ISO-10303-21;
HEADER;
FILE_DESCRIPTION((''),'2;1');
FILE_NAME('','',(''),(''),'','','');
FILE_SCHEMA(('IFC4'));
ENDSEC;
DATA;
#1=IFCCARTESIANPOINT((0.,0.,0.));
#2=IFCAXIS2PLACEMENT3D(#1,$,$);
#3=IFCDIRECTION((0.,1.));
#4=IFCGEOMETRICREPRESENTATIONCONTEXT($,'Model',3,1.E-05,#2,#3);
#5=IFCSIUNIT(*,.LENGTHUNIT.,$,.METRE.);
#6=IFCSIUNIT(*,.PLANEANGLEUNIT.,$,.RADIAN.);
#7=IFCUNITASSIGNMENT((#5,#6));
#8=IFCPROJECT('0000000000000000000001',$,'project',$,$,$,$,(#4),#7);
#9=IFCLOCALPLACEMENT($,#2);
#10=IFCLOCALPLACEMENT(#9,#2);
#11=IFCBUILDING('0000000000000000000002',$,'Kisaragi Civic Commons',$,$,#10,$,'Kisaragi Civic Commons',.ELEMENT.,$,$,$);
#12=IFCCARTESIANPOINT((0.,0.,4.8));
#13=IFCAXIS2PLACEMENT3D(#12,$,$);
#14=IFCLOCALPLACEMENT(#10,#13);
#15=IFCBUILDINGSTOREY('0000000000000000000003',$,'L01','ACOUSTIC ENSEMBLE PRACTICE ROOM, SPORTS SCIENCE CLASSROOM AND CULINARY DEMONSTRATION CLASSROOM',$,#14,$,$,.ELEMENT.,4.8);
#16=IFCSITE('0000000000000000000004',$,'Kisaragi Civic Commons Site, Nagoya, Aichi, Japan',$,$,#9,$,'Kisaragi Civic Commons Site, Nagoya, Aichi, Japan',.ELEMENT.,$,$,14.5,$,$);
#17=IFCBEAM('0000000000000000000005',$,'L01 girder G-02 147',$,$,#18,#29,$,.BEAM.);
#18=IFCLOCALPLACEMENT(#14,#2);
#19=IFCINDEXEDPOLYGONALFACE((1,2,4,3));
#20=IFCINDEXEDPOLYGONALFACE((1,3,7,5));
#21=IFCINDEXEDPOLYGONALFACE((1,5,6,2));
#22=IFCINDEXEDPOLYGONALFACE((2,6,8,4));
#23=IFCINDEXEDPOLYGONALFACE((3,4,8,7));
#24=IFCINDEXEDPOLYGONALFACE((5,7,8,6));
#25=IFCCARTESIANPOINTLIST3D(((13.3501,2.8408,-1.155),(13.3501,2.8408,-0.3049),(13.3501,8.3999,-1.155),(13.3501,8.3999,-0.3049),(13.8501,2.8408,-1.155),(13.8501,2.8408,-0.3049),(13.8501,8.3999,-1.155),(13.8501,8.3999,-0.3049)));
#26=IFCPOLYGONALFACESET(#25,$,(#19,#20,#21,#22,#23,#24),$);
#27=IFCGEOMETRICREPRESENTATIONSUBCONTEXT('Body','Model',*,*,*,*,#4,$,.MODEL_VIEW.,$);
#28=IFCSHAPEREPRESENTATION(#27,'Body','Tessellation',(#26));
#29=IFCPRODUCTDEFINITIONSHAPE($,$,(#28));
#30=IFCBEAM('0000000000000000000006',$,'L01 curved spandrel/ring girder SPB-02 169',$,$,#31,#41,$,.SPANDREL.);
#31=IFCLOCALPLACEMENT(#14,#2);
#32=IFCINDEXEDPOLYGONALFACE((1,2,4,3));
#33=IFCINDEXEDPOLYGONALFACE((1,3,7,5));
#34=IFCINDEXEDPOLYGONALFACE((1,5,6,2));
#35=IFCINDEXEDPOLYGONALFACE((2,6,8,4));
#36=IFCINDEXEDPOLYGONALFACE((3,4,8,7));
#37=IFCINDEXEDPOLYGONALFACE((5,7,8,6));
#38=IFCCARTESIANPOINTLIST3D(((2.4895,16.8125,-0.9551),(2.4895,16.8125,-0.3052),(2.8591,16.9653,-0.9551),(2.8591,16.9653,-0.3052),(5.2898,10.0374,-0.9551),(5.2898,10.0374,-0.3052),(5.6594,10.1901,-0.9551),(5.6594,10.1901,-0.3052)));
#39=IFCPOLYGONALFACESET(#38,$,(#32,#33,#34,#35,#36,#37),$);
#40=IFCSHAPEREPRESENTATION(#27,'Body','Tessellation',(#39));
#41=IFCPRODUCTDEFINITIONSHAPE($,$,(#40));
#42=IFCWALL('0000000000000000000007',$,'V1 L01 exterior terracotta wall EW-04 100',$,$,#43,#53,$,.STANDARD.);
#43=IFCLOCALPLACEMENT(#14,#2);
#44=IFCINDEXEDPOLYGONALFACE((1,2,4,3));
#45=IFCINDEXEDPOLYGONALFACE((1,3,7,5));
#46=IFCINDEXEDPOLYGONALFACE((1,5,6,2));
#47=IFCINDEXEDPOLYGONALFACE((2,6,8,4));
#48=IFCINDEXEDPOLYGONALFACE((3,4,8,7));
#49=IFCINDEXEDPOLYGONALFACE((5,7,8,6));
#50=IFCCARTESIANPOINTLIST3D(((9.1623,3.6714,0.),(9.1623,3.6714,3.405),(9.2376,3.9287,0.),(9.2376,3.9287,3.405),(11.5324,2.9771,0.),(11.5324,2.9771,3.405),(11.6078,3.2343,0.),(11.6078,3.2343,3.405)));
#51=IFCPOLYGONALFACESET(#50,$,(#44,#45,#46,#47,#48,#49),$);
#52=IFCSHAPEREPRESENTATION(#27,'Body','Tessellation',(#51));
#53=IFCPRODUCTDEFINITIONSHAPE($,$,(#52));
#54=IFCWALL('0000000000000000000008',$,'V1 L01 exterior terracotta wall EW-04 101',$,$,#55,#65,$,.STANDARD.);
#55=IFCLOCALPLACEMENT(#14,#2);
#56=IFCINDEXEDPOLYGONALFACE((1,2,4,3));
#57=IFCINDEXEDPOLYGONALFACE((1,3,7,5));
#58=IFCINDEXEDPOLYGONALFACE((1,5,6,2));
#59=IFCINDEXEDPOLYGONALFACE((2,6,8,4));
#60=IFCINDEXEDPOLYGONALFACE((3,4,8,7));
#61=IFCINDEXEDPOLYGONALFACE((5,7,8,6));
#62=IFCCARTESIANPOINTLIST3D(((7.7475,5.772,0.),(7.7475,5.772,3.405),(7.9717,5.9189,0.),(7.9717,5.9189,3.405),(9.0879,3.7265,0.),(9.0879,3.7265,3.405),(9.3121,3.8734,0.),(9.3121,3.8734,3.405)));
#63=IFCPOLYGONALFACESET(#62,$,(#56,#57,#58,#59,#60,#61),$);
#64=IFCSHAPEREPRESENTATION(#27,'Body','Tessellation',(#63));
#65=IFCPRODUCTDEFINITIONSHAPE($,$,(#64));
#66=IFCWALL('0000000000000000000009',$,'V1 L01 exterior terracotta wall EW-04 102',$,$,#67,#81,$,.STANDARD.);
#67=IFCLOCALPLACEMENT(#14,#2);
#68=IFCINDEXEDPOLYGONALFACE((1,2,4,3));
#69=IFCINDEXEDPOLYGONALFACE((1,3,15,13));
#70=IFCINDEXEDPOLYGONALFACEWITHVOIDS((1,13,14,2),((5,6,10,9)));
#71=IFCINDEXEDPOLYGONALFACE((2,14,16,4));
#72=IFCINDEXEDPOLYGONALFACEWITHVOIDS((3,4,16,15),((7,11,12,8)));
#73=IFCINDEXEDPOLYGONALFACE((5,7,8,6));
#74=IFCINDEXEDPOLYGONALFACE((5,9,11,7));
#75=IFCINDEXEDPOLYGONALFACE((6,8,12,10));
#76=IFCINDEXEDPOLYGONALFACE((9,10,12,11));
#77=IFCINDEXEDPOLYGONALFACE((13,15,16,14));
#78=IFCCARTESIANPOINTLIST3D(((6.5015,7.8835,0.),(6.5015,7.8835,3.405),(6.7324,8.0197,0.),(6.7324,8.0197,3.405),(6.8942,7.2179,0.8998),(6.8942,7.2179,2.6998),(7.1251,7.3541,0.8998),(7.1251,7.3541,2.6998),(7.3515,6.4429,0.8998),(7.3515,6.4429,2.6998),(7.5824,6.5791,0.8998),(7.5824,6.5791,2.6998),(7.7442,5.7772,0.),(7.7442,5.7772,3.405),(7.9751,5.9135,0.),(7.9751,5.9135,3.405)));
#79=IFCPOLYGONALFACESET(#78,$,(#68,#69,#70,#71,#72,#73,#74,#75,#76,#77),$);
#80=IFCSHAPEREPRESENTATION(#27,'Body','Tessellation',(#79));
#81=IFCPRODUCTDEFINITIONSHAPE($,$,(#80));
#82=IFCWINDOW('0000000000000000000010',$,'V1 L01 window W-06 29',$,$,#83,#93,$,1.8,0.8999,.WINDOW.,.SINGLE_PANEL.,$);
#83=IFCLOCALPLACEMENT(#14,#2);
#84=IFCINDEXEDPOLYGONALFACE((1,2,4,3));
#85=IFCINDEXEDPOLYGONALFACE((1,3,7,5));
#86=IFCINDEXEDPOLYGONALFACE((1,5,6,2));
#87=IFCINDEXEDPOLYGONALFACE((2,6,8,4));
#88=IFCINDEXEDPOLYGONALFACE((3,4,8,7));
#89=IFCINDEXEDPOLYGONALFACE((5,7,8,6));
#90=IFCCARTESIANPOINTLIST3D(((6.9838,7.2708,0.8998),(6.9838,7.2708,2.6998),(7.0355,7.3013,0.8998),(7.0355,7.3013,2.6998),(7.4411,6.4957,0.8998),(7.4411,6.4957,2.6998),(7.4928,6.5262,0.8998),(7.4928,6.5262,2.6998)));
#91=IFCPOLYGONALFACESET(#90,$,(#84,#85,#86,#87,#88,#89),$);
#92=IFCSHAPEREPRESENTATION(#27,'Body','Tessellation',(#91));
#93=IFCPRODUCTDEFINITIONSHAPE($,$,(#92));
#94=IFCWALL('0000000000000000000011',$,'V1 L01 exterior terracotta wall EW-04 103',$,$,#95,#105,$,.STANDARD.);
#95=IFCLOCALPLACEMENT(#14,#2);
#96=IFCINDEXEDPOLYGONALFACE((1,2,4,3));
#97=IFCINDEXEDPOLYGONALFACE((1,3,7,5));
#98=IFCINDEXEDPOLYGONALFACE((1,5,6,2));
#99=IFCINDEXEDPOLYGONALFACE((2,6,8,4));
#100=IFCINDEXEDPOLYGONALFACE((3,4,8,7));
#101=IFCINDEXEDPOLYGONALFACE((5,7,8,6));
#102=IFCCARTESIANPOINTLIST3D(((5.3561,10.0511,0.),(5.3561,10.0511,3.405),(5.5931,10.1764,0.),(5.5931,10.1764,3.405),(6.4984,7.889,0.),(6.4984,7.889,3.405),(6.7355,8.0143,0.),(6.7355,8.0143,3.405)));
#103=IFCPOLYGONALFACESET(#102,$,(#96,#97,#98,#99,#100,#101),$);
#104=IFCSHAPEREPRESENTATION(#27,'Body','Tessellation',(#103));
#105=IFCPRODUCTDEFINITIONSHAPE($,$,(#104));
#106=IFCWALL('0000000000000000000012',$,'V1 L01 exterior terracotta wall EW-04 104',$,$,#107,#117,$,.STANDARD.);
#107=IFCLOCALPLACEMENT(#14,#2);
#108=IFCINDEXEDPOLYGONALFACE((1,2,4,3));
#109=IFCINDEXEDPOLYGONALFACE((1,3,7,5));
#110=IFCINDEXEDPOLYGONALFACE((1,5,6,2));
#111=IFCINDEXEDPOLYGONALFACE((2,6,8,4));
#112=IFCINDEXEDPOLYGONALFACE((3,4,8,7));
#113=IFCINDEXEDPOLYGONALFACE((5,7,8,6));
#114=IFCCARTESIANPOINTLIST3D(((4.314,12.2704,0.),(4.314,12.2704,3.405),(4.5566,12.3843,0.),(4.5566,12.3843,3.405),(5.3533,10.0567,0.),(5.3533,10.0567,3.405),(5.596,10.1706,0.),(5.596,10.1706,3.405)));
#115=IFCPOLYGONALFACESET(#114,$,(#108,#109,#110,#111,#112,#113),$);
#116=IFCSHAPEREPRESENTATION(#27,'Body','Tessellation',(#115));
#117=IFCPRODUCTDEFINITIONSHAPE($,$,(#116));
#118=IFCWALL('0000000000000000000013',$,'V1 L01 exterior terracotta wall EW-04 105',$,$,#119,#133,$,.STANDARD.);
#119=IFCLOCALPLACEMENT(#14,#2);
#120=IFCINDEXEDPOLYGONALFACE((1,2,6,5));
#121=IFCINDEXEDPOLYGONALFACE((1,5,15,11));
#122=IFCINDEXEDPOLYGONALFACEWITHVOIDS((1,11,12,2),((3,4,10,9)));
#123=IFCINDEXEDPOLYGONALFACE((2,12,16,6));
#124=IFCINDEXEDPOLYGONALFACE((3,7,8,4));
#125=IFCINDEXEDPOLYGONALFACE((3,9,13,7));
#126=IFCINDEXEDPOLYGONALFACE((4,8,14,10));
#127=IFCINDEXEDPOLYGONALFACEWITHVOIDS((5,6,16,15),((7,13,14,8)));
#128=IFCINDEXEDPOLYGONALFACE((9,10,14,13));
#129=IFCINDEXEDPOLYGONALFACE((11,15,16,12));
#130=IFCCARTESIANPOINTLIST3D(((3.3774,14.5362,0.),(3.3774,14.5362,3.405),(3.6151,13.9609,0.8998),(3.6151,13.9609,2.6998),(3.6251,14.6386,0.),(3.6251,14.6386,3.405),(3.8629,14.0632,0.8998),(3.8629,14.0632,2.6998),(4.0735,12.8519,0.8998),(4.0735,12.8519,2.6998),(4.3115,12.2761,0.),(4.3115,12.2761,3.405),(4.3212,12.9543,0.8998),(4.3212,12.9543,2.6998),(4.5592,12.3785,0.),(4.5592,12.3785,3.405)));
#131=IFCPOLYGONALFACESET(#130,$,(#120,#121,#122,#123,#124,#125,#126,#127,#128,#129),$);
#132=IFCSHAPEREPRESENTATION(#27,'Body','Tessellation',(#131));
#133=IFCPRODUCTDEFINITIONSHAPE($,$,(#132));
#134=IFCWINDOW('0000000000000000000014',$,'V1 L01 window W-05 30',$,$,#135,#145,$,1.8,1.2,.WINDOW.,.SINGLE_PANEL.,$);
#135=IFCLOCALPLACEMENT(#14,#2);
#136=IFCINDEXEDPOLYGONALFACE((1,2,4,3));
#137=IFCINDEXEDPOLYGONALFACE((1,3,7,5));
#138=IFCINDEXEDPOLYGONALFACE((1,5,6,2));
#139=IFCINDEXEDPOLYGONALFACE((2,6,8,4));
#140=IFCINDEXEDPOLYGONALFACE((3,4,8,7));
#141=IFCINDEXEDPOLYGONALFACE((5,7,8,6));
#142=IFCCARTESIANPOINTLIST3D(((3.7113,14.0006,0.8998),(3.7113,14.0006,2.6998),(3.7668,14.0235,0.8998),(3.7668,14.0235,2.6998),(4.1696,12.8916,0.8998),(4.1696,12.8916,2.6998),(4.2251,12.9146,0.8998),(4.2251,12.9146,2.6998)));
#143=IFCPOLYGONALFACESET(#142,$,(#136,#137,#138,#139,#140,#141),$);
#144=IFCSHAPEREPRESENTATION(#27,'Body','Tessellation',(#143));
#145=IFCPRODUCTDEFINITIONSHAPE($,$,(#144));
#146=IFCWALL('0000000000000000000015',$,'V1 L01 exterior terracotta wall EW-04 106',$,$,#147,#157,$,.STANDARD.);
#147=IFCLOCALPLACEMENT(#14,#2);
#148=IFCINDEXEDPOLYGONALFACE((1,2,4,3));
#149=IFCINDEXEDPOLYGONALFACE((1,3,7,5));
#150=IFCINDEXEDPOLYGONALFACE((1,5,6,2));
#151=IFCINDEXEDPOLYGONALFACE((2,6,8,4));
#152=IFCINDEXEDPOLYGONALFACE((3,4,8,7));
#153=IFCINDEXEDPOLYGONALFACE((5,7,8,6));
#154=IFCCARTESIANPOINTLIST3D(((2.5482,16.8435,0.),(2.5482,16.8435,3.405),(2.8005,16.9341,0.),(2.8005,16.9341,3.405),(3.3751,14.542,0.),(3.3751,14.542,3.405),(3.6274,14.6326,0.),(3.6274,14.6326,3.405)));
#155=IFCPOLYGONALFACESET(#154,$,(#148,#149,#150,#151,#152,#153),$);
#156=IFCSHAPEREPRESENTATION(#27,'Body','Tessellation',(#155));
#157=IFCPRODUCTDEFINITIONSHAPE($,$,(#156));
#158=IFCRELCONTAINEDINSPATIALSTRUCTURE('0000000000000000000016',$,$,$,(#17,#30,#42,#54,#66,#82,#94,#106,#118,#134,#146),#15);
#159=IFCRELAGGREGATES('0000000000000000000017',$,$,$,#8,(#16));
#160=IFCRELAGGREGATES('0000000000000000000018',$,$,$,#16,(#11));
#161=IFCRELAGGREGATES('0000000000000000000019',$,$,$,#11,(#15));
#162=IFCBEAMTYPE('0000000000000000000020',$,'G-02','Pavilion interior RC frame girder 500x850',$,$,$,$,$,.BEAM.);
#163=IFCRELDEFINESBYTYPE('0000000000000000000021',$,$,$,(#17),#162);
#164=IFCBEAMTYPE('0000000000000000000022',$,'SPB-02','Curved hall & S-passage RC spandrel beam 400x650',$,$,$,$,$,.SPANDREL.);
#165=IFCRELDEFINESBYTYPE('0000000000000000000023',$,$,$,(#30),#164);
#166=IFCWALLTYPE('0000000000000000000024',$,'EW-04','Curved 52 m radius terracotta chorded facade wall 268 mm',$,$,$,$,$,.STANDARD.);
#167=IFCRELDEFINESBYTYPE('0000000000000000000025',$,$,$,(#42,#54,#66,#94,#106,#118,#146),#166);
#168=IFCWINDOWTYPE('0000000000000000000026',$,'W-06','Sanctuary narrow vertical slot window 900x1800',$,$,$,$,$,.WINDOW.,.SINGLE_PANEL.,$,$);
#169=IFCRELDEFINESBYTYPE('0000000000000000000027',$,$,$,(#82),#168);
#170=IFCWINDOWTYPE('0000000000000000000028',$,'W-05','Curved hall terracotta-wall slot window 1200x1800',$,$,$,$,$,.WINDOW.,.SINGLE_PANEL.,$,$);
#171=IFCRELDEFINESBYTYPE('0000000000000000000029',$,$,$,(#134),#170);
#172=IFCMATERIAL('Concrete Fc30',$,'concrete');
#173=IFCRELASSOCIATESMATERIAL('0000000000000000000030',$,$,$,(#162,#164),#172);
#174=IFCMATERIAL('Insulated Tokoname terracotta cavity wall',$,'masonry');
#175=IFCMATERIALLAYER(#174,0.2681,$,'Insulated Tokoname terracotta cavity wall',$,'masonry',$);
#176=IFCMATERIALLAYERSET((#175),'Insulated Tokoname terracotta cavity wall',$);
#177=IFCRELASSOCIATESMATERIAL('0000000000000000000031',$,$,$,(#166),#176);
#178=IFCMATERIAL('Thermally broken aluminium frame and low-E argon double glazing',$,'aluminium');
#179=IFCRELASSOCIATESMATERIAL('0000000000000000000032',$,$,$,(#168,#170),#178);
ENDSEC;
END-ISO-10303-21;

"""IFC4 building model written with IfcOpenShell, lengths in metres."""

from ifc_helpers import new_model, si_unit, direction, frame, frame_2d, origin, origin_2d, place, context, subcontext, project, spatial, rectangle, extrude, material, layer, layer_set, material_profile, profile_set, type_object, element, fill, save


model = new_model("IFC4")

# Units and contexts
model_context = context("Model", 3, precision=1e-05, world=origin(), true_north=direction((0.0, 1.0)))
body_context = subcontext(model_context, "Body", "Model", "MODEL_VIEW")
ifc_project = project(units=[si_unit("LENGTHUNIT", "METRE"), si_unit("PLANEANGLEUNIT", "RADIAN")], contexts=[model_context])

# Site, building, storey
site_placement = place(None, origin())
site = spatial("IfcSite", under=ifc_project, at=site_placement, Name="Kisaragi Civic Commons Site, Nagoya, Aichi, Japan", LongName="Kisaragi Civic Commons Site, Nagoya, Aichi, Japan", CompositionType="ELEMENT", RefElevation=14.5)
building_placement = place(site_placement, origin())
building = spatial("IfcBuilding", under=site, at=building_placement, Name="Kisaragi Civic Commons", LongName="Kisaragi Civic Commons", CompositionType="ELEMENT")
storey_placement = place(building_placement, frame((0.0, 0.0, 4.8)))
storey = spatial("IfcBuildingStorey", under=building, at=storey_placement, Name="L01", Description="ACOUSTIC ENSEMBLE PRACTICE ROOM, SPORTS SCIENCE CLASSROOM AND CULINARY DEMONSTRATION CLASSROOM", CompositionType="ELEMENT", Elevation=4.8)

# Shared definitions
ifc_material_1 = material(Name="Concrete Fc30", Category="concrete")

# Beams
ifc_material_profile_1 = material_profile(ifc_material_1, rectangle(XDim=0.5, YDim=0.8501, at=origin_2d()), Name="RC-500x850", Category="concrete")
ifc_profile_set_1 = profile_set([ifc_material_profile_1], Name="Concrete Fc30")
beam_type_1 = type_object("IfcBeamType", Name="G-02", Description="Pavilion interior RC frame girder 500x850", PredefinedType="BEAM", material=ifc_profile_set_1)
beam_1_placement = place(storey_placement, frame((13.6001, 2.8408, -0.73), z_axis=(0.0, 1.0, 0.0), x_axis=(-1.0, 0.0, 0.0)))
element("IfcBeam", 1, at=beam_1_placement, inside=storey, type_object=beam_type_1, Name="L01 girder G-02 147", PredefinedType="BEAM", context=body_context, shape_type="SweptSolid", body=[
    extrude(rectangle(XDim=0.5, YDim=0.8501, at=origin_2d()), origin(), (0.0, 0.0, 1.0), 5.5591),
])
ifc_material_profile_2 = material_profile(ifc_material_1, rectangle(XDim=0.3999, YDim=0.6499, at=origin_2d()), Name="RC-400x650", Category="concrete")
ifc_profile_set_2 = profile_set([ifc_material_profile_2], Name="Concrete Fc30")
beam_type_2 = type_object("IfcBeamType", Name="SPB-02", Description="Curved hall & S-passage RC spandrel beam 400x650", PredefinedType="SPANDREL", material=ifc_profile_set_2)
beam_2_placement = place(storey_placement, frame((2.6743, 16.8889, -0.6301), z_axis=(0.381977, -0.924172, 0.0), x_axis=(0.924172, 0.381977, 0.0)))
element("IfcBeam", 2, at=beam_2_placement, inside=storey, type_object=beam_type_2, Name="L01 curved spandrel/ring girder SPB-02 169", PredefinedType="SPANDREL", context=body_context, shape_type="SweptSolid", body=[
    extrude(rectangle(XDim=0.3999, YDim=0.6499, at=origin_2d()), origin(), (0.0, 0.0, 1.0), 7.3311),
])

# Walls
ifc_material_2 = material(Name="Insulated Tokoname terracotta cavity wall", Category="masonry")
ifc_layer_1 = layer(ifc_material_2, 0.2681, Name="Insulated Tokoname terracotta cavity wall", Category="masonry")
ifc_layer_set_1 = layer_set([ifc_layer_1], Name="Insulated Tokoname terracotta cavity wall")
wall_type_1 = type_object("IfcWallType", Name="EW-04", Description="Curved 52 m radius terracotta chorded facade wall 268 mm", PredefinedType="STANDARD", material=ifc_layer_set_1)
wall_1_placement = place(storey_placement, frame((11.5701, 3.1057, 0.0), z_axis=(0.0, 0.0, 1.0), x_axis=(-0.959667, 0.281139, 0.0)))
element("IfcWall", 3, at=wall_1_placement, inside=storey, type_object=wall_type_1, Name="V1 L01 exterior terracotta wall EW-04 100", PredefinedType="STANDARD", context=body_context, shape_type="SweptSolid", body=[
    extrude(rectangle(XDim=2.4697, YDim=0.2681, at=frame_2d((1.2349, 0.0))), origin(), (0.0, 0.0, 1.0), 3.405),
])
wall_2_placement = place(storey_placement, frame((9.2, 3.8, 0.0), z_axis=(0.0, 0.0, 1.0), x_axis=(-0.548094, 0.836417, 0.0)))
element("IfcWall", 4, at=wall_2_placement, inside=storey, type_object=wall_type_1, Name="V1 L01 exterior terracotta wall EW-04 101", PredefinedType="STANDARD", context=body_context, shape_type="SweptSolid", body=[
    extrude(rectangle(XDim=2.4456, YDim=0.2681, at=frame_2d((1.2227, 0.0))), origin(), (0.0, 0.0, 1.0), 3.405),
])

# Wall, opening, window
wall_3_placement = place(storey_placement, frame((7.8596, 5.8455, 0.0), z_axis=(0.0, 0.0, 1.0), x_axis=(-0.508154, 0.861266, 0.0)))
wall_3 = element("IfcWall", 5, at=wall_3_placement, inside=storey, type_object=wall_type_1, Name="V1 L01 exterior terracotta wall EW-04 102", PredefinedType="STANDARD", context=body_context, shape_type="SweptSolid", body=[
    extrude(rectangle(XDim=2.4456, YDim=0.2681, at=frame_2d((1.2227, 0.0))), origin(), (0.0, 0.0, 1.0), 3.405),
])
opening_1_placement = place(wall_3_placement, frame((0.7727, 0.0, 0.8999)))
opening_1 = element("IfcOpeningElement", 6, at=opening_1_placement, cuts=wall_3, PredefinedType="OPENING", context=body_context, shape_type="SweptSolid", body=[
    extrude(rectangle(XDim=0.8999, YDim=1.8, at=frame_2d((0.45, 0.8999))), frame((0.0, 0.144, 0.0), z_axis=(0.0, -1.0, 0.0), x_axis=(1.0, 0.0, 0.0)), (0.0, 0.0, 1.0), 0.2881),
])
ifc_material_3 = material(Name="Thermally broken aluminium frame and low-E argon double glazing", Category="aluminium")
window_type_1 = type_object("IfcWindowType", Name="W-06", Description="Sanctuary narrow vertical slot window 900x1800", PartitioningType="SINGLE_PANEL", PredefinedType="WINDOW", material=ifc_material_3)
window_1_placement = place(opening_1_placement, origin())
window_1 = element("IfcWindow", 7, at=window_1_placement, inside=storey, type_object=window_type_1, Name="V1 L01 window W-06 29", OverallHeight=1.8, OverallWidth=0.8999, PartitioningType="SINGLE_PANEL", PredefinedType="WINDOW", context=body_context, shape_type="SweptSolid", body=[
    extrude(rectangle(XDim=0.8999, YDim=1.8, at=frame_2d((0.45, 0.8999))), frame((0.0, 0.03, 0.0), z_axis=(0.0, -1.0, 0.0), x_axis=(1.0, 0.0, 0.0)), (0.0, 0.0, 1.0), 0.0601),
])
fill(opening_1, window_1)

# Walls
wall_4_placement = place(storey_placement, frame((6.6169, 7.9517, 0.0), z_axis=(0.0, 0.0, 1.0), x_axis=(-0.467149, 0.884179, 0.0)))
element("IfcWall", 8, at=wall_4_placement, inside=storey, type_object=wall_type_1, Name="V1 L01 exterior terracotta wall EW-04 103", PredefinedType="STANDARD", context=body_context, shape_type="SweptSolid", body=[
    extrude(rectangle(XDim=2.4453, YDim=0.2681, at=frame_2d((1.2227, 0.0))), origin(), (0.0, 0.0, 1.0), 3.405),
])
wall_5_placement = place(storey_placement, frame((5.4746, 10.1138, 0.0), z_axis=(0.0, 0.0, 1.0), x_axis=(-0.424994, 0.905196, 0.0)))
element("IfcWall", 9, at=wall_5_placement, inside=storey, type_object=wall_type_1, Name="V1 L01 exterior terracotta wall EW-04 104", PredefinedType="STANDARD", context=body_context, shape_type="SweptSolid", body=[
    extrude(rectangle(XDim=2.4456, YDim=0.2681, at=frame_2d((1.2227, 0.0))), origin(), (0.0, 0.0, 1.0), 3.405),
])

# Wall, opening, window
wall_6_placement = place(storey_placement, frame((4.4353, 12.3274, 0.0), z_axis=(0.0, 0.0, 1.0), x_axis=(-0.38197, 0.924175, 0.0)))
wall_6 = element("IfcWall", 10, at=wall_6_placement, inside=storey, type_object=wall_type_1, Name="V1 L01 exterior terracotta wall EW-04 105", PredefinedType="STANDARD", context=body_context, shape_type="SweptSolid", body=[
    extrude(rectangle(XDim=2.4456, YDim=0.2681, at=frame_2d((1.2227, 0.0))), origin(), (0.0, 0.0, 1.0), 3.405),
])
opening_2_placement = place(wall_6_placement, frame((0.6228, 0.0, 0.8999)))
opening_2 = element("IfcOpeningElement", 11, at=opening_2_placement, cuts=wall_6, PredefinedType="OPENING", context=body_context, shape_type="SweptSolid", body=[
    extrude(rectangle(XDim=1.2, YDim=1.8, at=frame_2d((0.6001, 0.8999))), frame((0.0, 0.144, 0.0), z_axis=(0.0, -1.0, 0.0), x_axis=(1.0, 0.0, 0.0)), (0.0, 0.0, 1.0), 0.2881),
])
window_type_2 = type_object("IfcWindowType", Name="W-05", Description="Curved hall terracotta-wall slot window 1200x1800", PartitioningType="SINGLE_PANEL", PredefinedType="WINDOW", material=ifc_material_3)
window_2_placement = place(opening_2_placement, origin())
window_2 = element("IfcWindow", 12, at=window_2_placement, inside=storey, type_object=window_type_2, Name="V1 L01 window W-05 30", OverallHeight=1.8, OverallWidth=1.2, PartitioningType="SINGLE_PANEL", PredefinedType="WINDOW", context=body_context, shape_type="SweptSolid", body=[
    extrude(rectangle(XDim=1.2, YDim=1.8, at=frame_2d((0.6001, 0.8999))), frame((0.0, 0.03, 0.0), z_axis=(0.0, -1.0, 0.0), x_axis=(1.0, 0.0, 0.0)), (0.0, 0.0, 1.0), 0.0601),
])
fill(opening_2, window_2)

# Wall
wall_7_placement = place(storey_placement, frame((3.5012, 14.5874, 0.0), z_axis=(0.0, 0.0, 1.0), x_axis=(-0.338126, 0.941101, 0.0)))
element("IfcWall", 13, at=wall_7_placement, inside=storey, type_object=wall_type_1, Name="V1 L01 exterior terracotta wall EW-04 106", PredefinedType="STANDARD", context=body_context, shape_type="SweptSolid", body=[
    extrude(rectangle(XDim=2.4456, YDim=0.2681, at=frame_2d((1.2227, 0.0))), origin(), (0.0, 0.0, 1.0), 3.405),
])

save(model, "model.ifc")
